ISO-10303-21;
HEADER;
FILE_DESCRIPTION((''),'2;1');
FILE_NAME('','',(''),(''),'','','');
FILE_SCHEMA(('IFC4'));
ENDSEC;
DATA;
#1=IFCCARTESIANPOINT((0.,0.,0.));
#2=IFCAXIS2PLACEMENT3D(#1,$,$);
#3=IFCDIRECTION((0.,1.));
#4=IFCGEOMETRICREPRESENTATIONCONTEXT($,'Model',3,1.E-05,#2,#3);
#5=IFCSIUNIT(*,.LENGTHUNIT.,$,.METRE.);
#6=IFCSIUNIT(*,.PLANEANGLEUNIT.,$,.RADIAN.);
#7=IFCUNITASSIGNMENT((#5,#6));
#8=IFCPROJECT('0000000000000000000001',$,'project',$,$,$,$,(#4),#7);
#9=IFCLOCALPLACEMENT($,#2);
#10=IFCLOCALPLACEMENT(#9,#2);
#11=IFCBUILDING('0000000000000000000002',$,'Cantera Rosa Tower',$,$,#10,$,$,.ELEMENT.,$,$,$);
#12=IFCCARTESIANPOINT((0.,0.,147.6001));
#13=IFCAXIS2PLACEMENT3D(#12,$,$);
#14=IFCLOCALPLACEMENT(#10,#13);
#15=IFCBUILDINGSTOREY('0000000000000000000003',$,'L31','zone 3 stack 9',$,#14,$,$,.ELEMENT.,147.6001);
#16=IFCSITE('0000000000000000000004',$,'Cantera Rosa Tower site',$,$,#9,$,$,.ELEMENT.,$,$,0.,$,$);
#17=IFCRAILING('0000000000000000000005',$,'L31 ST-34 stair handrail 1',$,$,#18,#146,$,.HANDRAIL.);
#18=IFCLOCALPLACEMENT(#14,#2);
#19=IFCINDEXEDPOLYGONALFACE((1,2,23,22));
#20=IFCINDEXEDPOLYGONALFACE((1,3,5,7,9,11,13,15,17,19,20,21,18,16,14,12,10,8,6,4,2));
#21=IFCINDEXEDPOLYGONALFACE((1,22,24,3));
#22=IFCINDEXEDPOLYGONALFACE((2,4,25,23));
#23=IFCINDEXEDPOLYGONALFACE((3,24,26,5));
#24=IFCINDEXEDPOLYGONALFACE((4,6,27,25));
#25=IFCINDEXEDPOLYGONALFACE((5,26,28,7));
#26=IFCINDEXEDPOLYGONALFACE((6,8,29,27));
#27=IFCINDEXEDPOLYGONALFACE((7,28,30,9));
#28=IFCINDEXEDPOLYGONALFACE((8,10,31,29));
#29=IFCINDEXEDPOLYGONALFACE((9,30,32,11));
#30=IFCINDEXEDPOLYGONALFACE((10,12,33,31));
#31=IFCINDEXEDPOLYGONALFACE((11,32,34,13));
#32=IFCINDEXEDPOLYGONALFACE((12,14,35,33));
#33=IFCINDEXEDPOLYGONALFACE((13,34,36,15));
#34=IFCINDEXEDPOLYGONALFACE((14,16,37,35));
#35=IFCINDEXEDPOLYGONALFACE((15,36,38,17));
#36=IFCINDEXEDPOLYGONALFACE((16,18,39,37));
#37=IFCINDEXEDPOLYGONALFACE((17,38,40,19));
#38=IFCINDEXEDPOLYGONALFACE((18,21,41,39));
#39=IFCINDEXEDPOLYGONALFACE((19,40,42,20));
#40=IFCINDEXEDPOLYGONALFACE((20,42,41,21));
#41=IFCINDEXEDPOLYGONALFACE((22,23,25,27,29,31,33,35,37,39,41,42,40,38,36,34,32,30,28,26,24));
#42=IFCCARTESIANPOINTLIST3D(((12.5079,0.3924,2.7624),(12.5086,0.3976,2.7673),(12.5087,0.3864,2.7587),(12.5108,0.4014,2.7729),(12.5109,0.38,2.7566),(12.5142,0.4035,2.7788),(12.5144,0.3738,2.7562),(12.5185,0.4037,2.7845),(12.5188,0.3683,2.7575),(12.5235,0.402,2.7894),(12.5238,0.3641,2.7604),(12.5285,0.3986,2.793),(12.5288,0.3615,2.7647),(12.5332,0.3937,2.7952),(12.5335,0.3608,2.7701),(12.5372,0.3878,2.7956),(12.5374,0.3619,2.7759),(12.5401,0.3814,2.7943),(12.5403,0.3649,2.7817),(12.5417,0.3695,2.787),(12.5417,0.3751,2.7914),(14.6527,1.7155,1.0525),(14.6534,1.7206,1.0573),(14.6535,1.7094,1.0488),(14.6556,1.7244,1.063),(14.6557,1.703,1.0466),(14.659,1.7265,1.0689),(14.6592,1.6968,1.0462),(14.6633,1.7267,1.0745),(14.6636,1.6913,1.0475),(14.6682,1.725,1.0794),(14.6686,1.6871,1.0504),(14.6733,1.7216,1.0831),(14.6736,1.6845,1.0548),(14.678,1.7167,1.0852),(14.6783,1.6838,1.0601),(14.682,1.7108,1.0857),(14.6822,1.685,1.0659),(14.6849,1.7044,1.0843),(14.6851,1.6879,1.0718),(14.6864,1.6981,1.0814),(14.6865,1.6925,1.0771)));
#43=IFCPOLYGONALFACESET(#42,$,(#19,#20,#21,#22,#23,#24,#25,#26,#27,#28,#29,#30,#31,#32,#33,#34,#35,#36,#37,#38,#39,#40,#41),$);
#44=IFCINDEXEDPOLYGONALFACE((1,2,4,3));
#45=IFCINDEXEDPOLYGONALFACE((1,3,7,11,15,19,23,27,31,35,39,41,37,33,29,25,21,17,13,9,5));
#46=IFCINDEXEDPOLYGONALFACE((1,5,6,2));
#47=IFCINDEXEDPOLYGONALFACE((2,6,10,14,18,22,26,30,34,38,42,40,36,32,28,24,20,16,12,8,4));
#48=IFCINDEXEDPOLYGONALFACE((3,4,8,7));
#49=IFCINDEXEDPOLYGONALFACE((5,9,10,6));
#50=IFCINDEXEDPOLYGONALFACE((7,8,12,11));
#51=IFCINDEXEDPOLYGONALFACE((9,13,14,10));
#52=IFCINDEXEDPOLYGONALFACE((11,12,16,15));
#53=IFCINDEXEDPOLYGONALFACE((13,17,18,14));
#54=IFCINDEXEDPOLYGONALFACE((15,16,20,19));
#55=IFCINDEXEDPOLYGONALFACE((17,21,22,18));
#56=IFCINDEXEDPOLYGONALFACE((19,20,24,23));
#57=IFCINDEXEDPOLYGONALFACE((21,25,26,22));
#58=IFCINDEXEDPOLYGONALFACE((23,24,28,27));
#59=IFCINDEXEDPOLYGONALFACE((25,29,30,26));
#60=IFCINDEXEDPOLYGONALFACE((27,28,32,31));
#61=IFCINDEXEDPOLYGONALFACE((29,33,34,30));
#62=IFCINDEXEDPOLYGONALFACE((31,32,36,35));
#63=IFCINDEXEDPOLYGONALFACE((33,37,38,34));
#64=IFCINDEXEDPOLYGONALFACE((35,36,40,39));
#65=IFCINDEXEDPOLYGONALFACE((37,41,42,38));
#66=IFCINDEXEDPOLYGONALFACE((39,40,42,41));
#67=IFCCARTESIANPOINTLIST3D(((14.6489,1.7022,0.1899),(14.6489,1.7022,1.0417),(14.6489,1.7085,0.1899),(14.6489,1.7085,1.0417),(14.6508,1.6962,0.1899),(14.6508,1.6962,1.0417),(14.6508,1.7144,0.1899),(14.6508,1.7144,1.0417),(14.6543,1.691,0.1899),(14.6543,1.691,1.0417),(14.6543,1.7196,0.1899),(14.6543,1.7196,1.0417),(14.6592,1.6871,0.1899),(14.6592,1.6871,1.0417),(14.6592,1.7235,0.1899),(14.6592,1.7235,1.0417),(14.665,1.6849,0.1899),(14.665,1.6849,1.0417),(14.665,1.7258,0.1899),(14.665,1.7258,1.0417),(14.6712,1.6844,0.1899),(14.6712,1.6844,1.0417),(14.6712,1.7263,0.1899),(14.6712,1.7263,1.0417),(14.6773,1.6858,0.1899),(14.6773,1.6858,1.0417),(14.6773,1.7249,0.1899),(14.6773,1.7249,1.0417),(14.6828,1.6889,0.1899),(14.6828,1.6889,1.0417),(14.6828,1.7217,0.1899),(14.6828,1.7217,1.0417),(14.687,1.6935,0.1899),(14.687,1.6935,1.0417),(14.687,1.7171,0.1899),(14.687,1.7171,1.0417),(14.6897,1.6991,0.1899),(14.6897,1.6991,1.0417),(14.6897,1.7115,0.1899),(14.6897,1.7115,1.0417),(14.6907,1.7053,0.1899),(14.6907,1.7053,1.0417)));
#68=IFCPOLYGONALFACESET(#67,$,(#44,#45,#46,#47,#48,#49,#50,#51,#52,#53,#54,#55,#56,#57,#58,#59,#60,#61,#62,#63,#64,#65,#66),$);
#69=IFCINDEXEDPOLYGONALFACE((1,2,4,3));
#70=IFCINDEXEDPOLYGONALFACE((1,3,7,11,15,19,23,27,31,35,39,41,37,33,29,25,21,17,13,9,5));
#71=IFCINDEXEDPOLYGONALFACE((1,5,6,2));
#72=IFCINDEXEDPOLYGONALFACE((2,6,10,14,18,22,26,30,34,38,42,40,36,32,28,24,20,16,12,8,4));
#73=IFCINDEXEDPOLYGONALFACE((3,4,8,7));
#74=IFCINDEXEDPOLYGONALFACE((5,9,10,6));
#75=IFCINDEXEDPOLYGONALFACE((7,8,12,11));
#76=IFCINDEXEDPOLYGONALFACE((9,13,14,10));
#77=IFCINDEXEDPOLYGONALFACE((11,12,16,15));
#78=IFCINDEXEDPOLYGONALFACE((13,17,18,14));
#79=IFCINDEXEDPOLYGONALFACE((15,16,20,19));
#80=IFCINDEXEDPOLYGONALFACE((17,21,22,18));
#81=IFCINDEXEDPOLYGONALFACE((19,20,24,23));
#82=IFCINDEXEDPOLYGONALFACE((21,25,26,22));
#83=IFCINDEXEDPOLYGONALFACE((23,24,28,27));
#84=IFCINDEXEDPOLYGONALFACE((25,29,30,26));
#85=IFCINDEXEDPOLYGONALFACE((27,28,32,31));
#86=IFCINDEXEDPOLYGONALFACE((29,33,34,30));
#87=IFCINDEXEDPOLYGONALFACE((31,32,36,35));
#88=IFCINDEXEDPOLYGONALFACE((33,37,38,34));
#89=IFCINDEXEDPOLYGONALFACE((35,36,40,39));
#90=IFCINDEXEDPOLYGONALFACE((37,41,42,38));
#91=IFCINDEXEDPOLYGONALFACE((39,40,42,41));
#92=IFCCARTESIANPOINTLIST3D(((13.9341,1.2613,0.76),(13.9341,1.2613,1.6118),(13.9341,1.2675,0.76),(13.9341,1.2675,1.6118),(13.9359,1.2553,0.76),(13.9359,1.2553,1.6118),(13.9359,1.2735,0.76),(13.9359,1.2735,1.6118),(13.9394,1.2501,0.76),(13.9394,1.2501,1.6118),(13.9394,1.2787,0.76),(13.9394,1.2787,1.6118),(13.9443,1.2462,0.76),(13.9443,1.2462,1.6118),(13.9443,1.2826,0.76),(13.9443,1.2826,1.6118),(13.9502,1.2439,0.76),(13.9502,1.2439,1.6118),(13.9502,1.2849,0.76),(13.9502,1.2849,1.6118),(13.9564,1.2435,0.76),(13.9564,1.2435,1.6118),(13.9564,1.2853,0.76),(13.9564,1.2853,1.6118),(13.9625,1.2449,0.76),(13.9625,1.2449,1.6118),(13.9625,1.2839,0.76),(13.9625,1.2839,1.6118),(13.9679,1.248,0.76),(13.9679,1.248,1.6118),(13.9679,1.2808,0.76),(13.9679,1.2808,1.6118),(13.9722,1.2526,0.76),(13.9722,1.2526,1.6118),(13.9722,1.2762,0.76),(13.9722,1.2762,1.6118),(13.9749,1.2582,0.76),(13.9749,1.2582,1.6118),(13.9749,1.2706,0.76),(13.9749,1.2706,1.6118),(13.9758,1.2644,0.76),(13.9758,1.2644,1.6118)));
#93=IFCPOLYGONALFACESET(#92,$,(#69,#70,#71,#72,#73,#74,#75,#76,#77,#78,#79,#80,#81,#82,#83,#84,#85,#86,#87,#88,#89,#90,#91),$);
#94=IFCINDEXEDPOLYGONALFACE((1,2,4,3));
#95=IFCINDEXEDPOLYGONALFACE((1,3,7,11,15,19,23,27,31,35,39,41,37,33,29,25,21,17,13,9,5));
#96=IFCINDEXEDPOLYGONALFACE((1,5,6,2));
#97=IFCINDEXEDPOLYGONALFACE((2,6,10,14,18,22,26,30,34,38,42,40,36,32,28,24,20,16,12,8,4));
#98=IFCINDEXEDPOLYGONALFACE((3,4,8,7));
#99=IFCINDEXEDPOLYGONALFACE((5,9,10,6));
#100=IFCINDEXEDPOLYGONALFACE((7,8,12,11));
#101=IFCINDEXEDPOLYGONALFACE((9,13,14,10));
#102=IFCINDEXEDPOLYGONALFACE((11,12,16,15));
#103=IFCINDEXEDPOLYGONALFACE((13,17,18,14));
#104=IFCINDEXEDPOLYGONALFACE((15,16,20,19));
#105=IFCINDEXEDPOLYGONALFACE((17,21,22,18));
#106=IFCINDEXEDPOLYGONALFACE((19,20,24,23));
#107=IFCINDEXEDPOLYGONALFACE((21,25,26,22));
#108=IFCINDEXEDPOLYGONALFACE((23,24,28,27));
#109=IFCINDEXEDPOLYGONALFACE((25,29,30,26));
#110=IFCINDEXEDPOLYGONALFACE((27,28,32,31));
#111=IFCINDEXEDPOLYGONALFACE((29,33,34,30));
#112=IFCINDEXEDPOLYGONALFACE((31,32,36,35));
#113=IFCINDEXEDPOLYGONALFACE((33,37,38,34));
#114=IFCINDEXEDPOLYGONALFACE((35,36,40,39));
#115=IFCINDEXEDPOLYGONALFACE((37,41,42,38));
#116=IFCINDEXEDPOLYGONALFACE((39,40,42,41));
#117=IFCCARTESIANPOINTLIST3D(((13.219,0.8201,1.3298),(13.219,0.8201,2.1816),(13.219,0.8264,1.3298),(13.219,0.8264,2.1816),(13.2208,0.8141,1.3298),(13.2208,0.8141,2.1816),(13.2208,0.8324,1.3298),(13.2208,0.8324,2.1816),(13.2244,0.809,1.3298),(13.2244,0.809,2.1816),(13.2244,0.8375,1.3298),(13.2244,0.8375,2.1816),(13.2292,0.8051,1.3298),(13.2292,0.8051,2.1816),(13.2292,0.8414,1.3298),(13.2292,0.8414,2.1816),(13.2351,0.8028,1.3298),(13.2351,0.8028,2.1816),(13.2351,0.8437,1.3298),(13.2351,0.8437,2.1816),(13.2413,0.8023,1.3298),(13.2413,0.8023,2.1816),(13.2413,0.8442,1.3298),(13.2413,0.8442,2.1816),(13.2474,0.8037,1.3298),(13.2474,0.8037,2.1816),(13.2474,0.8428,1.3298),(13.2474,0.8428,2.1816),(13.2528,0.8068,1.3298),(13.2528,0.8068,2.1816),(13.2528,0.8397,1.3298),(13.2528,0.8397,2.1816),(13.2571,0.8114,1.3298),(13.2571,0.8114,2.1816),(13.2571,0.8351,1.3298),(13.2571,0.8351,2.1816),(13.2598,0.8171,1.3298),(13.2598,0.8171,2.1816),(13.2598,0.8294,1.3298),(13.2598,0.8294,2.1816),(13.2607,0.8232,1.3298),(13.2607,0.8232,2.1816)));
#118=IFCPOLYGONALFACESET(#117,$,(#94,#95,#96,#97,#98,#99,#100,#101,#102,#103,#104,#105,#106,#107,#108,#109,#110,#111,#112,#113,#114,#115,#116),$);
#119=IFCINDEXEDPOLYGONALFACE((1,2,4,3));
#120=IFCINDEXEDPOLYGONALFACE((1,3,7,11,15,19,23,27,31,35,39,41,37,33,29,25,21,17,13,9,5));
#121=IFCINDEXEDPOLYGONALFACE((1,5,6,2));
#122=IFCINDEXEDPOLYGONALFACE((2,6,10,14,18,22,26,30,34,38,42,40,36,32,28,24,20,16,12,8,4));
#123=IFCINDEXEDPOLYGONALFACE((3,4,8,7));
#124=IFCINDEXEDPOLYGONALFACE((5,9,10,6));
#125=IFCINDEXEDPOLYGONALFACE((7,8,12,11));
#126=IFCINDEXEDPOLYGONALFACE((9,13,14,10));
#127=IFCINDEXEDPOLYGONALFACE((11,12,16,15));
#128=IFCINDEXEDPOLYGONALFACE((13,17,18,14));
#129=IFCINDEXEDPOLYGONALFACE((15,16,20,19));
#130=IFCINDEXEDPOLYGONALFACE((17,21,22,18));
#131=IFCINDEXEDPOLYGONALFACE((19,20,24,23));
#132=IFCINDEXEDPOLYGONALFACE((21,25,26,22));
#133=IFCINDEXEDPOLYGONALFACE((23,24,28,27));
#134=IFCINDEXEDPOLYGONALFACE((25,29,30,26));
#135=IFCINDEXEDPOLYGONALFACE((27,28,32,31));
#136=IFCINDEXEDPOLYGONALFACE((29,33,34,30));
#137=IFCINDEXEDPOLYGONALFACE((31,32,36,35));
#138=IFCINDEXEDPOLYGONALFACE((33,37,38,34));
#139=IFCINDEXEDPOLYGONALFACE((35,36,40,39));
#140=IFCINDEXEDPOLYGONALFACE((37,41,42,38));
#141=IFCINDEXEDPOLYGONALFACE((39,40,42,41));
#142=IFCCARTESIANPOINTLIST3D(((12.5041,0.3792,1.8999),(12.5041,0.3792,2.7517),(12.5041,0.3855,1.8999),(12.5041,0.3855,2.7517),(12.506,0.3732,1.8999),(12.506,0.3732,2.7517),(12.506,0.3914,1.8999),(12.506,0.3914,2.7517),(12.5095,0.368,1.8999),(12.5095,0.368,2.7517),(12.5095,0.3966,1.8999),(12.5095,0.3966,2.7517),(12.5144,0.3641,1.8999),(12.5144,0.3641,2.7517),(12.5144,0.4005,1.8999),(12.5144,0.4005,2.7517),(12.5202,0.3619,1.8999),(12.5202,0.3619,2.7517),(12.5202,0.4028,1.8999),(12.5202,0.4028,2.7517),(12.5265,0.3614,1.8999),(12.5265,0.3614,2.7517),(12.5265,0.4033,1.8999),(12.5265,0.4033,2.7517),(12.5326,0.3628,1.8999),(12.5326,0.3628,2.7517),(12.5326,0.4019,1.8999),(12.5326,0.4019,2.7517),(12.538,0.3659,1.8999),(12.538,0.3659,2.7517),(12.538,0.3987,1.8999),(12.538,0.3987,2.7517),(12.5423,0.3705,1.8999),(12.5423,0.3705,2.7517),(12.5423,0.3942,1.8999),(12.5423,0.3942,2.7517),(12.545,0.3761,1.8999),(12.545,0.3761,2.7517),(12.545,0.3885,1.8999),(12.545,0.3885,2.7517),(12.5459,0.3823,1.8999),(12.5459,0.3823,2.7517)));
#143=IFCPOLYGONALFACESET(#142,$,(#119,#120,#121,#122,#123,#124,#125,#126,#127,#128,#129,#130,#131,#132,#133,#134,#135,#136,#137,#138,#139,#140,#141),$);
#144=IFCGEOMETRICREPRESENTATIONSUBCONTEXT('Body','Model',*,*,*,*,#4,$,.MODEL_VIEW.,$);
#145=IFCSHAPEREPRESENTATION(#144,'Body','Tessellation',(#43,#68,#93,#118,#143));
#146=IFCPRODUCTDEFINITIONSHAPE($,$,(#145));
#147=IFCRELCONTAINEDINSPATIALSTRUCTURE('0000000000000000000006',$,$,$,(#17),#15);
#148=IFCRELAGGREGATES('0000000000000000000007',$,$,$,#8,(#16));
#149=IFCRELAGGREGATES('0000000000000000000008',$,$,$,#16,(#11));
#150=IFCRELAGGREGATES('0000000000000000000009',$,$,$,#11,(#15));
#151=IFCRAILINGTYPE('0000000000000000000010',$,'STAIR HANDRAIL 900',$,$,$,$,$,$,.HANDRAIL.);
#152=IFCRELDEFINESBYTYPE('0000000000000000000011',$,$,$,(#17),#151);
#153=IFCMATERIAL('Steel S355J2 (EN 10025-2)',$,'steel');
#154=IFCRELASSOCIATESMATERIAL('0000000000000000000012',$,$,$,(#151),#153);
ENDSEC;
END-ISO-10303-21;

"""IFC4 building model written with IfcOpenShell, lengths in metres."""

from ifc_helpers import new_model, si_unit, direction, frame, origin, origin_2d, place, context, subcontext, project, spatial, circle, extrude, material, type_object, element, save


model = new_model("IFC4")

# Units and contexts
model_context = context("Model", 3, precision=1e-05, world=origin(), true_north=direction((0.0, 1.0)))
body_context = subcontext(model_context, "Body", "Model", "MODEL_VIEW")
ifc_project = project(units=[si_unit("LENGTHUNIT", "METRE"), si_unit("PLANEANGLEUNIT", "RADIAN")], contexts=[model_context])

# Site, building, storey
site_placement = place(None, origin())
site = spatial("IfcSite", under=ifc_project, at=site_placement, Name="Cantera Rosa Tower site", CompositionType="ELEMENT", RefElevation=0.0)
building_placement = place(site_placement, origin())
building = spatial("IfcBuilding", under=site, at=building_placement, Name="Cantera Rosa Tower", CompositionType="ELEMENT")
storey_placement = place(building_placement, frame((0.0, 0.0, 147.6001)))
storey = spatial("IfcBuildingStorey", under=building, at=storey_placement, Name="L31", Description="zone 3 stack 9", CompositionType="ELEMENT", Elevation=147.6001)

# Railing
ifc_material_1 = material(Name="Steel S355J2 (EN 10025-2)", Category="steel")
railing_type_1 = type_object("IfcRailingType", Name="STAIR HANDRAIL 900", PredefinedType="HANDRAIL", material=ifc_material_1)
railing_1_placement = place(storey_placement, frame((14.6697, 1.7053, 0.1899)))
element("IfcRailing", 1, at=railing_1_placement, inside=storey, type_object=railing_type_1, Name="L31 ST-34 stair handrail 1", PredefinedType="HANDRAIL", context=body_context, shape_type="SweptSolid", body=[
    extrude(circle(Radius=0.0239, at=origin_2d()), frame((0.0, 0.0, 0.876), z_axis=(-0.704271, -0.434428, 0.561493), x_axis=(0.525, -0.851102, 0.0)), (0.0, 0.0, 1.0), 3.0454),
    extrude(circle(Radius=0.021, at=origin_2d()), origin(), (0.0, 0.0, 1.0), 0.8518),
    extrude(circle(Radius=0.021, at=origin_2d()), frame((-0.7148, -0.4409, 0.5701)), (0.0, 0.0, 1.0), 0.8518),
    extrude(circle(Radius=0.021, at=origin_2d()), frame((-1.4299, -0.8821, 1.1399)), (0.0, 0.0, 1.0), 0.8518),
    extrude(circle(Radius=0.021, at=origin_2d()), frame((-2.1448, -1.323, 1.71)), (0.0, 0.0, 1.0), 0.8518),
])

save(model, "model.ifc")
